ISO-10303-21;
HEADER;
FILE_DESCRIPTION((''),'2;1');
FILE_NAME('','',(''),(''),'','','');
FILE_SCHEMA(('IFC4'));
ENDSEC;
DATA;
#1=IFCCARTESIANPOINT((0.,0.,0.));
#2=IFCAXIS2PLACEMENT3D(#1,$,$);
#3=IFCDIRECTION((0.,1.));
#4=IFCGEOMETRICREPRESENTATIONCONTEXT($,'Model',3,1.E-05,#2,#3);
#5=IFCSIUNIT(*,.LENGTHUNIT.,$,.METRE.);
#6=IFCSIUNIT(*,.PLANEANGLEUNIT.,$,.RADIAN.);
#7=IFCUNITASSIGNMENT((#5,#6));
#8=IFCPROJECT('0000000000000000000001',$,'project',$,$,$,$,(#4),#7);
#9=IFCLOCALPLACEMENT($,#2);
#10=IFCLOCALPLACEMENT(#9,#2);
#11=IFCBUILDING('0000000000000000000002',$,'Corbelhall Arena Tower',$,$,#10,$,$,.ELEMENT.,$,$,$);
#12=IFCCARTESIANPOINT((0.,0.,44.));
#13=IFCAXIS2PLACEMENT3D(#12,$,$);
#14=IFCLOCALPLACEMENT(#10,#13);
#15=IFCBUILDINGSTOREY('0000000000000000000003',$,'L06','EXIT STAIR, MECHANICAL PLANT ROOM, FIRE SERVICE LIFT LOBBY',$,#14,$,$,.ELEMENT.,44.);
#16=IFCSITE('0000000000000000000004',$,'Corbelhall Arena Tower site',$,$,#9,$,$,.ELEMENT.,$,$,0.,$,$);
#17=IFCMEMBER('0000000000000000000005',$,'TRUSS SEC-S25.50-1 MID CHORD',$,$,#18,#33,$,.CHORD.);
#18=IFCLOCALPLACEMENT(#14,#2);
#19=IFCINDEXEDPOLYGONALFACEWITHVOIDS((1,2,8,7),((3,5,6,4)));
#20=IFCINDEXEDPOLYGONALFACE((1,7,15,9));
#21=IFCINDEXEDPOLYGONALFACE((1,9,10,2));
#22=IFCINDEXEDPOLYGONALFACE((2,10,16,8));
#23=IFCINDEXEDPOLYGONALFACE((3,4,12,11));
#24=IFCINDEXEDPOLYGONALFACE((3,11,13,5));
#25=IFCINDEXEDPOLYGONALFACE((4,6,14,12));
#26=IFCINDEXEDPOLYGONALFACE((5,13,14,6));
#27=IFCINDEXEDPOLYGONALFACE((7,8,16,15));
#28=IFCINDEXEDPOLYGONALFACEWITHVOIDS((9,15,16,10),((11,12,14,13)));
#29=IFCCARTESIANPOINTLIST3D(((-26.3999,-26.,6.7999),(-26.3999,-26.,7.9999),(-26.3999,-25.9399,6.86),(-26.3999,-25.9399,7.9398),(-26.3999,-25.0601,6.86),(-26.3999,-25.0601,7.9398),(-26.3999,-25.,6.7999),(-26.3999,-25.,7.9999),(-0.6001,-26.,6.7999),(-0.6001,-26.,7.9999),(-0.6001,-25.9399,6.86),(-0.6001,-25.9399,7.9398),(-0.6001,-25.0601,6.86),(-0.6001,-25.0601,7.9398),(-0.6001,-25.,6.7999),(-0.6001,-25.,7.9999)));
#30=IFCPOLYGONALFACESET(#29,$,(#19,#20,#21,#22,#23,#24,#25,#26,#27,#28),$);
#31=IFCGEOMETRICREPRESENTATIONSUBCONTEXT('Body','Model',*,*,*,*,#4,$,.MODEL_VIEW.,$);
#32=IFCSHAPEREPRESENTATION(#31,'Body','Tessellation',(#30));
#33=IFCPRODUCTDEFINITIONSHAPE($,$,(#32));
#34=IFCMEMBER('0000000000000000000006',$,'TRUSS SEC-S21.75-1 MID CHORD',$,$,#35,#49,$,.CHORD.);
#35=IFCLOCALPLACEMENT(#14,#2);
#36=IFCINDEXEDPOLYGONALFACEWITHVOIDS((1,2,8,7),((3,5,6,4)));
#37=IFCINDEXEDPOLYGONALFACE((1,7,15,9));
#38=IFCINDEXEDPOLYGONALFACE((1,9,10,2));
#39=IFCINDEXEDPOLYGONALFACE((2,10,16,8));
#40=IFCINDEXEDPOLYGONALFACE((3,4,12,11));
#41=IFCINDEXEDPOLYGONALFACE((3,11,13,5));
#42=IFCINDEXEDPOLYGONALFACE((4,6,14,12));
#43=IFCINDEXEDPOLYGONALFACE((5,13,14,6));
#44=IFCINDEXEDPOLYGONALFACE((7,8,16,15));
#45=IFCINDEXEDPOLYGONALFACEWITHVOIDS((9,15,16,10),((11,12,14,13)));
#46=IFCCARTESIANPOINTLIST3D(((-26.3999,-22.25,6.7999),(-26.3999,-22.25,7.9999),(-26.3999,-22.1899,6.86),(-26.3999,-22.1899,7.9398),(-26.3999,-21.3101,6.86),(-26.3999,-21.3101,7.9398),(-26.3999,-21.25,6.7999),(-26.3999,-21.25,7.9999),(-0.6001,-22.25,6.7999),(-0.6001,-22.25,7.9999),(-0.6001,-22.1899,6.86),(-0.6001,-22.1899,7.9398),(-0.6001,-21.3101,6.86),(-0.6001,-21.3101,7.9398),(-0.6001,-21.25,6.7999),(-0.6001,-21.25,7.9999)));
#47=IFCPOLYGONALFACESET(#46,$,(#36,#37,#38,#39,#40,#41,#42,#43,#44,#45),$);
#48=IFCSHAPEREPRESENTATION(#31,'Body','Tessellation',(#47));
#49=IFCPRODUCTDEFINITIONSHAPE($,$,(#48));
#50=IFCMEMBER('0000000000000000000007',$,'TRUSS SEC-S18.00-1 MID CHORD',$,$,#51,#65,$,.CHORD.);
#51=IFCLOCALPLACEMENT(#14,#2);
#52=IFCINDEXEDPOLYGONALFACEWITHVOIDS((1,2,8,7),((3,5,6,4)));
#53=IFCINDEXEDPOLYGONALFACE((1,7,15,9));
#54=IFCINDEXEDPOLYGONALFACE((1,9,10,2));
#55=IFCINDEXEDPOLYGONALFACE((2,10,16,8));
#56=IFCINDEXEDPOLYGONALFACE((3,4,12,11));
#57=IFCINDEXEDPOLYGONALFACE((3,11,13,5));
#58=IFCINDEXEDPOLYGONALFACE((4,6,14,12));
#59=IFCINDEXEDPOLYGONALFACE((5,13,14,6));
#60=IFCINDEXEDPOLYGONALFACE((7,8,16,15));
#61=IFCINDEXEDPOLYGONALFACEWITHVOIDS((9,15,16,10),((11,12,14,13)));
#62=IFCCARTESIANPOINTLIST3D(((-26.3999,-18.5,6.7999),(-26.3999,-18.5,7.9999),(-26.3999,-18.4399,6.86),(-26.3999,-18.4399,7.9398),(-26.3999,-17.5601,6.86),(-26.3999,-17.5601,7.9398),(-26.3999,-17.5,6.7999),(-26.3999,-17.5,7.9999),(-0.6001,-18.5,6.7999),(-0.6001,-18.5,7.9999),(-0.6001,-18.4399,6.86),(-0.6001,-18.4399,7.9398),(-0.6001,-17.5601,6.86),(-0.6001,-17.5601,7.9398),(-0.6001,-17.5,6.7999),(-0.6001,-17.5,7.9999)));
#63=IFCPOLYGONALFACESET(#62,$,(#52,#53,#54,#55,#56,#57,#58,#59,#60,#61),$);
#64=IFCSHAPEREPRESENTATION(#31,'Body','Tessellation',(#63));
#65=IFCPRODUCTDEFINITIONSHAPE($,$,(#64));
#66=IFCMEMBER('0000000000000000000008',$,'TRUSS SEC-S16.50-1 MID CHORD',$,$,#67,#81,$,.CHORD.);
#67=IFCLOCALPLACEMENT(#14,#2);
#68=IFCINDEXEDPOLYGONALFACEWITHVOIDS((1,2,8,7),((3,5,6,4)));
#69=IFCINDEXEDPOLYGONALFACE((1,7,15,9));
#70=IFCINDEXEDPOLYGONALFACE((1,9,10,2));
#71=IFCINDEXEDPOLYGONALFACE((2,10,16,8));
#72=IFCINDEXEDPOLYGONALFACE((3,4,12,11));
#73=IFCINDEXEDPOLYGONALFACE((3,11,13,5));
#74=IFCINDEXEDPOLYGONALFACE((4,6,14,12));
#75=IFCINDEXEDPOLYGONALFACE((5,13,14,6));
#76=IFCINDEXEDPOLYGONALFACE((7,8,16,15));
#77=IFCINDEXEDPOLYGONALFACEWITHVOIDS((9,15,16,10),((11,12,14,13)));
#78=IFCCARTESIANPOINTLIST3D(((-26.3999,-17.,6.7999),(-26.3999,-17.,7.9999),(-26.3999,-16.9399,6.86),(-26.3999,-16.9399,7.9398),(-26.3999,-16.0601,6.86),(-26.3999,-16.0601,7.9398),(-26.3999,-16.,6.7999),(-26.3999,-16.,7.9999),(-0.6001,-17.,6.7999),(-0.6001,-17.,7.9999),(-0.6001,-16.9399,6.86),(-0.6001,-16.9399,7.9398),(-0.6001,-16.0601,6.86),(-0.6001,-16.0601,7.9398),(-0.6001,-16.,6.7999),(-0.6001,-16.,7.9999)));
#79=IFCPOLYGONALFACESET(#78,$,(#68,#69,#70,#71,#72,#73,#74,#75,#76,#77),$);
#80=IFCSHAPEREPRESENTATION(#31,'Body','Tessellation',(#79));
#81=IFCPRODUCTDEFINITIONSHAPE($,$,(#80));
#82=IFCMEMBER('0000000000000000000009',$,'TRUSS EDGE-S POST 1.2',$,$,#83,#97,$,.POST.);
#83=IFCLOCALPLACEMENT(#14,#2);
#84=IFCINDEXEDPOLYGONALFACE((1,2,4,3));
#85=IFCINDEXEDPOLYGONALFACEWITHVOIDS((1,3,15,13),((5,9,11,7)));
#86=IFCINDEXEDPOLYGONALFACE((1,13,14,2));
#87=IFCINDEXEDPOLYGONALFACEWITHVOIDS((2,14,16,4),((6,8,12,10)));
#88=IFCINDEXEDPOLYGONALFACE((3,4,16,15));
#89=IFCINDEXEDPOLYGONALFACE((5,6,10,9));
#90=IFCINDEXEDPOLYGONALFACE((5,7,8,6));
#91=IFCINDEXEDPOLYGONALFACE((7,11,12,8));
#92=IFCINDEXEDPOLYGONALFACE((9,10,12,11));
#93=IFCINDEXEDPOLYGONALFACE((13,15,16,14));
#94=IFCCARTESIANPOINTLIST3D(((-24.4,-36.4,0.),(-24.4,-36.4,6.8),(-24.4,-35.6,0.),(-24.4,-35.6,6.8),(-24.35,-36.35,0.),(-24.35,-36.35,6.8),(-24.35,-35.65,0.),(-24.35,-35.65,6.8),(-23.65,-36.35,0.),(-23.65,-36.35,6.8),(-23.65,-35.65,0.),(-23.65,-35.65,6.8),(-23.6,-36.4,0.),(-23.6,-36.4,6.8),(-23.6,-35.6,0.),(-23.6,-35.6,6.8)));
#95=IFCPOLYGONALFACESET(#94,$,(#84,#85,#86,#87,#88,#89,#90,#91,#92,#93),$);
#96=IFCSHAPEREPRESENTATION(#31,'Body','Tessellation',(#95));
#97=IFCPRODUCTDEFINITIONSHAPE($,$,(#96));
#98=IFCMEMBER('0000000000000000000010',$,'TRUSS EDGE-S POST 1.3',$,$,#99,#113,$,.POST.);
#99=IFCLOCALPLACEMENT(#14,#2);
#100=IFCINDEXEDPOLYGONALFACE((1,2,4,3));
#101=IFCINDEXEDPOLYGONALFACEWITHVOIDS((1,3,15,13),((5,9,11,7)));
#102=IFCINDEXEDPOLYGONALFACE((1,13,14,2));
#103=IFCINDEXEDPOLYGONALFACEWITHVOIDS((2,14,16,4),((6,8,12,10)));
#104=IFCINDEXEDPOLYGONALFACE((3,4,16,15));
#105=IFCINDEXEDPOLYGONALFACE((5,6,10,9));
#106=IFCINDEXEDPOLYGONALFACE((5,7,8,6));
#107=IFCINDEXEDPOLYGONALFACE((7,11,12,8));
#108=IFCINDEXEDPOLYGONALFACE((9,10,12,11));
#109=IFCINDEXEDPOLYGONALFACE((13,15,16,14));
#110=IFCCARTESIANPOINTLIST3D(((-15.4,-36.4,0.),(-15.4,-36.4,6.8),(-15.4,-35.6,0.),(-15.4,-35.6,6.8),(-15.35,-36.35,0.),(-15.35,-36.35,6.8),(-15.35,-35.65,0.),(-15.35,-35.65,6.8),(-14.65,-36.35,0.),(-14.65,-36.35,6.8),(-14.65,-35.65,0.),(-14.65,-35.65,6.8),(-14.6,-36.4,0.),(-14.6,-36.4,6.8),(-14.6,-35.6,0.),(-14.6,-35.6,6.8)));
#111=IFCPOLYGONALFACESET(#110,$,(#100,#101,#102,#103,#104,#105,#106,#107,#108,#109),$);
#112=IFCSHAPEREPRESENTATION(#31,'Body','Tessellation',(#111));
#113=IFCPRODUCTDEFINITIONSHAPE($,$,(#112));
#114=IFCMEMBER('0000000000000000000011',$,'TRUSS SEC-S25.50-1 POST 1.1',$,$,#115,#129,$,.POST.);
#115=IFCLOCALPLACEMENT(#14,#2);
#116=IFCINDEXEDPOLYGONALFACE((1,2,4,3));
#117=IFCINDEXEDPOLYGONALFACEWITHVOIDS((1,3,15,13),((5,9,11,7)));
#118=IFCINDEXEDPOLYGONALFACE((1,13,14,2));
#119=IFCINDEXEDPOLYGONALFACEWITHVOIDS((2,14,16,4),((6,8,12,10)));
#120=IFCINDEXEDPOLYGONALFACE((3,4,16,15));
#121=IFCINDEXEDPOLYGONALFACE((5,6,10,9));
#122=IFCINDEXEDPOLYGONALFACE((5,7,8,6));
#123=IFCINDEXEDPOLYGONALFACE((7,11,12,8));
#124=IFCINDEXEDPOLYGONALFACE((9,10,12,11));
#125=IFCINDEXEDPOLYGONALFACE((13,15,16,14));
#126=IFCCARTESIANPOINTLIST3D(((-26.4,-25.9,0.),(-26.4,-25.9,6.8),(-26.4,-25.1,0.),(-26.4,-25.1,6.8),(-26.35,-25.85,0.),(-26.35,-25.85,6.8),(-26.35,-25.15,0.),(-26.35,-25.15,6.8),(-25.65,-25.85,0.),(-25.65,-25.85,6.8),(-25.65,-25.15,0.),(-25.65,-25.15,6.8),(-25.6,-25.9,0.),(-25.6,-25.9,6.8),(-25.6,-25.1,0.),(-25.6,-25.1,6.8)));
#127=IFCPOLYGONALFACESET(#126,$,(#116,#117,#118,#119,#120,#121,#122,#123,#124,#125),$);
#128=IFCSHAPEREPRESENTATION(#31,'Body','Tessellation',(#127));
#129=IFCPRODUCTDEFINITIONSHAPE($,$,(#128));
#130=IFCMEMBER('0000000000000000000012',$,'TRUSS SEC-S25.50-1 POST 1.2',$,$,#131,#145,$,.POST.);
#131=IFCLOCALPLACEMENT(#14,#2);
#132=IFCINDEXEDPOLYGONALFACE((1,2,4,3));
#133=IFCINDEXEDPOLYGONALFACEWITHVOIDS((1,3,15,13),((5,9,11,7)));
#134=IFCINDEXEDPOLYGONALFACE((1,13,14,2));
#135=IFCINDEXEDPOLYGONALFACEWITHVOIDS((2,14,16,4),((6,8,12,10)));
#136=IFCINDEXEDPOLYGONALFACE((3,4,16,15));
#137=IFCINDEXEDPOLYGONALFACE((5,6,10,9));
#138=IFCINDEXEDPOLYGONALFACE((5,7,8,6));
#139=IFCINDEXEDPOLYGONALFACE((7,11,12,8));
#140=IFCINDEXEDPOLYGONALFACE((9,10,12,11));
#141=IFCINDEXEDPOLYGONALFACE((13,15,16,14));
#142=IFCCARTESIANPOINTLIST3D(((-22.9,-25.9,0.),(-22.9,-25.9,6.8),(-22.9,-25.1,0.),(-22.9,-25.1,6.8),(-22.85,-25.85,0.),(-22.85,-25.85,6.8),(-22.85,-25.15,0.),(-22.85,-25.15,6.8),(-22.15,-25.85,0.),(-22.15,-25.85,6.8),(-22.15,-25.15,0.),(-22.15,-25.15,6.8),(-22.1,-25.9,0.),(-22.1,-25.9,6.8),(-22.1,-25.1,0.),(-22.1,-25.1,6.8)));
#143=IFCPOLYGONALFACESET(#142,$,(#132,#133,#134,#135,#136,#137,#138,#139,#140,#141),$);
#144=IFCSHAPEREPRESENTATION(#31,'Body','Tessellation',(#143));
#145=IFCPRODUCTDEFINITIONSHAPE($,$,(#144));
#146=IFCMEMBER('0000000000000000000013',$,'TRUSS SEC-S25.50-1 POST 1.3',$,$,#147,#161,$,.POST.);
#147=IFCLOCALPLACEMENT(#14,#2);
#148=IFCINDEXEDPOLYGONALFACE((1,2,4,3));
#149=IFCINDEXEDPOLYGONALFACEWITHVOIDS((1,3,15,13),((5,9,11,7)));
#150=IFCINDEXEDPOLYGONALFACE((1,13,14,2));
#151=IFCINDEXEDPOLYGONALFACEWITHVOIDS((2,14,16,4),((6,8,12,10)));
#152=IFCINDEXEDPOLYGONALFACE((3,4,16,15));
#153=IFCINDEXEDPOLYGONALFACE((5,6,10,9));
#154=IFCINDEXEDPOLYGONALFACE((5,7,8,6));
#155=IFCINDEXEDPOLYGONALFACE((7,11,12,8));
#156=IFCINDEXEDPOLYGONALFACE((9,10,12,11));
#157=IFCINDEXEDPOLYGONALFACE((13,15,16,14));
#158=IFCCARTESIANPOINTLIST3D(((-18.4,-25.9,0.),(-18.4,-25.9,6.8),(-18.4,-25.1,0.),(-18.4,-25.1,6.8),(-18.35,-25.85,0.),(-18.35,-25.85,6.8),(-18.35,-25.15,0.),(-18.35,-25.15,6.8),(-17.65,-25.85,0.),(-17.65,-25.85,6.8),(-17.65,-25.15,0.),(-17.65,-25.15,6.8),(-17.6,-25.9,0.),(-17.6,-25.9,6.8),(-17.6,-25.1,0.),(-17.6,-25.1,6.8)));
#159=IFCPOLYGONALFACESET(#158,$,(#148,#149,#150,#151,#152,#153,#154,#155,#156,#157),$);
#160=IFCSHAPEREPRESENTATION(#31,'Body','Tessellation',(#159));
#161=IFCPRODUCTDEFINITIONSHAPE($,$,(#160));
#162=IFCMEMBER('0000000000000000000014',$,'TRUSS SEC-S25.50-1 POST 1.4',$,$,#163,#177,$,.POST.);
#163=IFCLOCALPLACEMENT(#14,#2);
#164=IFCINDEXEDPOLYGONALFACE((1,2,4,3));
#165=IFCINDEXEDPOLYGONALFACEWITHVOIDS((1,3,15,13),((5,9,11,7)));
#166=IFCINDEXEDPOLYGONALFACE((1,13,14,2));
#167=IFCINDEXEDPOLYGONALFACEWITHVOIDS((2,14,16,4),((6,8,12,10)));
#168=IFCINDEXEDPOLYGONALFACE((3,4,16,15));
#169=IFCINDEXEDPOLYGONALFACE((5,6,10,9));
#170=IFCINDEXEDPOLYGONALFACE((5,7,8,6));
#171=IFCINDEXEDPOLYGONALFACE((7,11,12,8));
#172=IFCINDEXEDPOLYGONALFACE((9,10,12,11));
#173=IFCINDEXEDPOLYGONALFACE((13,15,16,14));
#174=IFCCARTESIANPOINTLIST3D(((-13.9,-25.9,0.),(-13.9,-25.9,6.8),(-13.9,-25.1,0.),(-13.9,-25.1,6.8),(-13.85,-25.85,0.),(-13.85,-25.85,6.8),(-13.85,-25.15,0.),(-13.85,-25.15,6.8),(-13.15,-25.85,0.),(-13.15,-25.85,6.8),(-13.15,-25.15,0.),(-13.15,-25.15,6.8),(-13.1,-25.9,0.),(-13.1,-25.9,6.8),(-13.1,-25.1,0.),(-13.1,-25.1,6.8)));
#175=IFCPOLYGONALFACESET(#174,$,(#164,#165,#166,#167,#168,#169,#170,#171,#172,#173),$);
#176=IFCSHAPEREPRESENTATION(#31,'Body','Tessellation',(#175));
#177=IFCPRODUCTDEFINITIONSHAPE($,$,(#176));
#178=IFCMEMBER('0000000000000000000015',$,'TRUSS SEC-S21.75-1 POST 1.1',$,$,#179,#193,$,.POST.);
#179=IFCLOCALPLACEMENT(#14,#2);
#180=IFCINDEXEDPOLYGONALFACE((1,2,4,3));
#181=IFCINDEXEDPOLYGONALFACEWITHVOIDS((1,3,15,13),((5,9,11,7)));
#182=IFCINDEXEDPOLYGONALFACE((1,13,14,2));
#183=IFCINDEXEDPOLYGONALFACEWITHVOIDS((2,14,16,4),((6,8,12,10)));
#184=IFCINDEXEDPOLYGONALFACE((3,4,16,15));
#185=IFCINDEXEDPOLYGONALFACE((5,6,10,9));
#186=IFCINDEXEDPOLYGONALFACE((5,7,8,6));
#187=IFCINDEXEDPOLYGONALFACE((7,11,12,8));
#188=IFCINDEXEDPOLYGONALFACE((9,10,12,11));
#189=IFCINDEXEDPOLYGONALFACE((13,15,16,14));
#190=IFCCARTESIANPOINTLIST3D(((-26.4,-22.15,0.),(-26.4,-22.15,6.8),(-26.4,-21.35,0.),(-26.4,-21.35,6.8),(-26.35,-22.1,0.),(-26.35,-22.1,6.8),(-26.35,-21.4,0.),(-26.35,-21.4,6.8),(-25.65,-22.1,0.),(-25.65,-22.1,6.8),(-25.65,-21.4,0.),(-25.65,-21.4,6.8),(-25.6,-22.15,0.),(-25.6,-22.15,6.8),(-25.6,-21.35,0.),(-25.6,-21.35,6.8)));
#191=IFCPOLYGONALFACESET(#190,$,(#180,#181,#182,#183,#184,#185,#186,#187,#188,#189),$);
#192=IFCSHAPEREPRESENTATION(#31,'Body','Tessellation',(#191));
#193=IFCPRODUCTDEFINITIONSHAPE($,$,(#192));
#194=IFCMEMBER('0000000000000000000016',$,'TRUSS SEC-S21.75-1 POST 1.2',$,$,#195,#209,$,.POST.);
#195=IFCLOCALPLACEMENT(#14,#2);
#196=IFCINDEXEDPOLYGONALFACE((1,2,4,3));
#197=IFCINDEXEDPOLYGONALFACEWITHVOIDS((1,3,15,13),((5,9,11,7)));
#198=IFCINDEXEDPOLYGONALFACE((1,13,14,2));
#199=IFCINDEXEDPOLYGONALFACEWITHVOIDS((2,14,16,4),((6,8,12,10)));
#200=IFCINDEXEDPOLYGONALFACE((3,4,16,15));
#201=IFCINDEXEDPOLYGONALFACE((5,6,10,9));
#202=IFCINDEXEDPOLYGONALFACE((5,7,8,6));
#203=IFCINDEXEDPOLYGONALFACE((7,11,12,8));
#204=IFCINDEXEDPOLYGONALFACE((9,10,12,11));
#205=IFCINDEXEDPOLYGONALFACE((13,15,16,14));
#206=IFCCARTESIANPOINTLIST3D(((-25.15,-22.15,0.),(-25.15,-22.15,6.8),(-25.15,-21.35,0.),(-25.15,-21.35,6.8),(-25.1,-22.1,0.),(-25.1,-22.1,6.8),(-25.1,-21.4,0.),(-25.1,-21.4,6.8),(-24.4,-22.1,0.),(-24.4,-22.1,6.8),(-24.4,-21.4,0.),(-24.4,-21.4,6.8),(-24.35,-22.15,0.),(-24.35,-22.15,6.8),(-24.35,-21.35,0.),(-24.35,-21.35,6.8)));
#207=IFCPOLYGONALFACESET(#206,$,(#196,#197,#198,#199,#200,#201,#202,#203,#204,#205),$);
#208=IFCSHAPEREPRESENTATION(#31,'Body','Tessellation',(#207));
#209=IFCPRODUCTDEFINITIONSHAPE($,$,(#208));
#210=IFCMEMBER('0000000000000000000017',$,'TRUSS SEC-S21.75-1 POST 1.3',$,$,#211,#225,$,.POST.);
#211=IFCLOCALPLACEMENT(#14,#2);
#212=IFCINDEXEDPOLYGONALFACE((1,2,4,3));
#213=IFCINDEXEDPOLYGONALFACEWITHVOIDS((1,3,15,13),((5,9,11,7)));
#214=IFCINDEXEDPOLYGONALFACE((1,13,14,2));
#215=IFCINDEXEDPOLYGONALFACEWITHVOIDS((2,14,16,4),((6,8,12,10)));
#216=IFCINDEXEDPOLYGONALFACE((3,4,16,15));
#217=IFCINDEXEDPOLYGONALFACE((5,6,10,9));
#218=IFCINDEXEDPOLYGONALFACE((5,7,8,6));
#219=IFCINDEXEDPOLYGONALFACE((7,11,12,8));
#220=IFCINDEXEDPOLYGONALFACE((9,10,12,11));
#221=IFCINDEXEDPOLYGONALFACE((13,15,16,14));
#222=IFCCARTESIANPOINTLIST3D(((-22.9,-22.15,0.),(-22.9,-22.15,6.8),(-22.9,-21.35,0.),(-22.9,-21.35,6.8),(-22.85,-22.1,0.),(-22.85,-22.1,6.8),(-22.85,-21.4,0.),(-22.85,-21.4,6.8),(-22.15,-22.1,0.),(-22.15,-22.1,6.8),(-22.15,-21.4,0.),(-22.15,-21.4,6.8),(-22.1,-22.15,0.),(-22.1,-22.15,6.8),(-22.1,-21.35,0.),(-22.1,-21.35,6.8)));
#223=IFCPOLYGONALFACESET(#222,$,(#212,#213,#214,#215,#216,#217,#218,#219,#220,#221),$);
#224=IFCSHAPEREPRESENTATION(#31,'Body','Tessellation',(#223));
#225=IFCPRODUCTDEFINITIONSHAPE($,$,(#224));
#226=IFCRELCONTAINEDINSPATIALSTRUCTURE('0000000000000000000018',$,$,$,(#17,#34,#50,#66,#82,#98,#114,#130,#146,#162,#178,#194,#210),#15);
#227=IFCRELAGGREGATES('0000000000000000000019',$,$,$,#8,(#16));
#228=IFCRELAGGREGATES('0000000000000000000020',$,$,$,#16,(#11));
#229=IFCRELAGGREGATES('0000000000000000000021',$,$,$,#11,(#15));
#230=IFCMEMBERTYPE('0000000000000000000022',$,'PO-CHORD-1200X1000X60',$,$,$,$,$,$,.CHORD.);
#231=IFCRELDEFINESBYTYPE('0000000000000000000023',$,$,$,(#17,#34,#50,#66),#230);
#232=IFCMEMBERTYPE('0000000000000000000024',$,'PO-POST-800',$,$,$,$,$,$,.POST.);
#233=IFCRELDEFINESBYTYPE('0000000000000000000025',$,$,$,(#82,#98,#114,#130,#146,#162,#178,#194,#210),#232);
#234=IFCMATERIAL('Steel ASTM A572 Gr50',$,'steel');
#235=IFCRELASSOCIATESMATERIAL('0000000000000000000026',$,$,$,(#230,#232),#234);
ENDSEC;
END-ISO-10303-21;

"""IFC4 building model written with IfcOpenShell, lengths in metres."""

from ifc_helpers import new_model, si_unit, direction, frame, origin, origin_2d, place, context, subcontext, project, spatial, hollow_rectangle, extrude, material, material_profile, profile_set, type_object, element, save


model = new_model("IFC4")

# Units and contexts
model_context = context("Model", 3, precision=1e-05, world=origin(), true_north=direction((0.0, 1.0)))
body_context = subcontext(model_context, "Body", "Model", "MODEL_VIEW")
ifc_project = project(units=[si_unit("LENGTHUNIT", "METRE"), si_unit("PLANEANGLEUNIT", "RADIAN")], contexts=[model_context])

# Site, building, storey
site_placement = place(None, origin())
site = spatial("IfcSite", under=ifc_project, at=site_placement, Name="Corbelhall Arena Tower site", CompositionType="ELEMENT", RefElevation=0.0)
building_placement = place(site_placement, origin())
building = spatial("IfcBuilding", under=site, at=building_placement, Name="Corbelhall Arena Tower", CompositionType="ELEMENT")
storey_placement = place(building_placement, frame((0.0, 0.0, 44.0)))
storey = spatial("IfcBuildingStorey", under=building, at=storey_placement, Name="L06", Description="EXIT STAIR, MECHANICAL PLANT ROOM, FIRE SERVICE LIFT LOBBY", CompositionType="ELEMENT", Elevation=44.0)

# Members
ifc_material_1 = material(Name="Steel ASTM A572 Gr50", Category="steel")
ifc_material_profile_1 = material_profile(ifc_material_1, hollow_rectangle(XDim=1.0, YDim=1.2, WallThickness=0.0601, at=origin_2d()))
ifc_profile_set_1 = profile_set([ifc_material_profile_1], Name="Steel ASTM A572 Gr50")
member_type_1 = type_object("IfcMemberType", Name="PO-CHORD-1200X1000X60", PredefinedType="CHORD", material=ifc_profile_set_1)
for number, where, z_axis, x_axis, name in (
    (1, (-26.3999, -25.5, 7.3999), (1.0, 0.0, 0.0), (0.0, 1.0, 0.0), "TRUSS SEC-S25.50-1 MID CHORD"),
    (2, (-26.3999, -21.75, 7.3999), (1.0, 0.0, 0.0), (0.0, 1.0, 0.0), "TRUSS SEC-S21.75-1 MID CHORD"),
    (3, (-26.3999, -18.0, 7.3999), (1.0, 0.0, 0.0), (0.0, 1.0, 0.0), "TRUSS SEC-S18.00-1 MID CHORD"),
    (4, (-26.3999, -16.5, 7.3999), (1.0, 0.0, 0.0), (0.0, 1.0, 0.0), "TRUSS SEC-S16.50-1 MID CHORD"),
):
    element("IfcMember", number, at=place(storey_placement, frame(where, z_axis=z_axis, x_axis=x_axis)), inside=storey, type_object=member_type_1, Name=name, PredefinedType="CHORD", context=body_context, shape_type="SweptSolid", body=[
        extrude(hollow_rectangle(XDim=1.0, YDim=1.2, WallThickness=0.0601, at=origin_2d()), origin(), (0.0, 0.0, 1.0), 25.7998),
    ])
ifc_material_profile_2 = material_profile(ifc_material_1, hollow_rectangle(XDim=0.8, YDim=0.8, WallThickness=0.05, at=origin_2d()))
ifc_profile_set_2 = profile_set([ifc_material_profile_2], Name="Steel ASTM A572 Gr50")
member_type_2 = type_object("IfcMemberType", Name="PO-POST-800", PredefinedType="POST", material=ifc_profile_set_2)
for number, where, z_axis, x_axis, name in (
    (5, (-24.0, -36.0, 0.0), (0.0, 0.0, 1.0), (1.0, 0.0, 0.0), "TRUSS EDGE-S POST 1.2"),
    (6, (-15.0, -36.0, 0.0), (0.0, 0.0, 1.0), (1.0, 0.0, 0.0), "TRUSS EDGE-S POST 1.3"),
    (7, (-26.0, -25.5, 0.0), (0.0, 0.0, 1.0), (1.0, 0.0, 0.0), "TRUSS SEC-S25.50-1 POST 1.1"),
    (8, (-22.5, -25.5, 0.0), (0.0, 0.0, 1.0), (1.0, 0.0, 0.0), "TRUSS SEC-S25.50-1 POST 1.2"),
    (9, (-18.0, -25.5, 0.0), (0.0, 0.0, 1.0), (1.0, 0.0, 0.0), "TRUSS SEC-S25.50-1 POST 1.3"),
    (10, (-13.5, -25.5, 0.0), (0.0, 0.0, 1.0), (1.0, 0.0, 0.0), "TRUSS SEC-S25.50-1 POST 1.4"),
    (11, (-26.0, -21.75, 0.0), (0.0, 0.0, 1.0), (1.0, 0.0, 0.0), "TRUSS SEC-S21.75-1 POST 1.1"),
    (12, (-24.75, -21.75, 0.0), (0.0, 0.0, 1.0), (1.0, 0.0, 0.0), "TRUSS SEC-S21.75-1 POST 1.2"),
    (13, (-22.5, -21.75, 0.0), (0.0, 0.0, 1.0), (1.0, 0.0, 0.0), "TRUSS SEC-S21.75-1 POST 1.3"),
):
    element("IfcMember", number, at=place(storey_placement, frame(where, z_axis=z_axis, x_axis=x_axis)), inside=storey, type_object=member_type_2, Name=name, PredefinedType="POST", context=body_context, shape_type="SweptSolid", body=[
        extrude(hollow_rectangle(XDim=0.8, YDim=0.8, WallThickness=0.05, at=origin_2d()), origin(), (0.0, 0.0, 1.0), 6.8),
    ])

save(model, "model.ifc")
